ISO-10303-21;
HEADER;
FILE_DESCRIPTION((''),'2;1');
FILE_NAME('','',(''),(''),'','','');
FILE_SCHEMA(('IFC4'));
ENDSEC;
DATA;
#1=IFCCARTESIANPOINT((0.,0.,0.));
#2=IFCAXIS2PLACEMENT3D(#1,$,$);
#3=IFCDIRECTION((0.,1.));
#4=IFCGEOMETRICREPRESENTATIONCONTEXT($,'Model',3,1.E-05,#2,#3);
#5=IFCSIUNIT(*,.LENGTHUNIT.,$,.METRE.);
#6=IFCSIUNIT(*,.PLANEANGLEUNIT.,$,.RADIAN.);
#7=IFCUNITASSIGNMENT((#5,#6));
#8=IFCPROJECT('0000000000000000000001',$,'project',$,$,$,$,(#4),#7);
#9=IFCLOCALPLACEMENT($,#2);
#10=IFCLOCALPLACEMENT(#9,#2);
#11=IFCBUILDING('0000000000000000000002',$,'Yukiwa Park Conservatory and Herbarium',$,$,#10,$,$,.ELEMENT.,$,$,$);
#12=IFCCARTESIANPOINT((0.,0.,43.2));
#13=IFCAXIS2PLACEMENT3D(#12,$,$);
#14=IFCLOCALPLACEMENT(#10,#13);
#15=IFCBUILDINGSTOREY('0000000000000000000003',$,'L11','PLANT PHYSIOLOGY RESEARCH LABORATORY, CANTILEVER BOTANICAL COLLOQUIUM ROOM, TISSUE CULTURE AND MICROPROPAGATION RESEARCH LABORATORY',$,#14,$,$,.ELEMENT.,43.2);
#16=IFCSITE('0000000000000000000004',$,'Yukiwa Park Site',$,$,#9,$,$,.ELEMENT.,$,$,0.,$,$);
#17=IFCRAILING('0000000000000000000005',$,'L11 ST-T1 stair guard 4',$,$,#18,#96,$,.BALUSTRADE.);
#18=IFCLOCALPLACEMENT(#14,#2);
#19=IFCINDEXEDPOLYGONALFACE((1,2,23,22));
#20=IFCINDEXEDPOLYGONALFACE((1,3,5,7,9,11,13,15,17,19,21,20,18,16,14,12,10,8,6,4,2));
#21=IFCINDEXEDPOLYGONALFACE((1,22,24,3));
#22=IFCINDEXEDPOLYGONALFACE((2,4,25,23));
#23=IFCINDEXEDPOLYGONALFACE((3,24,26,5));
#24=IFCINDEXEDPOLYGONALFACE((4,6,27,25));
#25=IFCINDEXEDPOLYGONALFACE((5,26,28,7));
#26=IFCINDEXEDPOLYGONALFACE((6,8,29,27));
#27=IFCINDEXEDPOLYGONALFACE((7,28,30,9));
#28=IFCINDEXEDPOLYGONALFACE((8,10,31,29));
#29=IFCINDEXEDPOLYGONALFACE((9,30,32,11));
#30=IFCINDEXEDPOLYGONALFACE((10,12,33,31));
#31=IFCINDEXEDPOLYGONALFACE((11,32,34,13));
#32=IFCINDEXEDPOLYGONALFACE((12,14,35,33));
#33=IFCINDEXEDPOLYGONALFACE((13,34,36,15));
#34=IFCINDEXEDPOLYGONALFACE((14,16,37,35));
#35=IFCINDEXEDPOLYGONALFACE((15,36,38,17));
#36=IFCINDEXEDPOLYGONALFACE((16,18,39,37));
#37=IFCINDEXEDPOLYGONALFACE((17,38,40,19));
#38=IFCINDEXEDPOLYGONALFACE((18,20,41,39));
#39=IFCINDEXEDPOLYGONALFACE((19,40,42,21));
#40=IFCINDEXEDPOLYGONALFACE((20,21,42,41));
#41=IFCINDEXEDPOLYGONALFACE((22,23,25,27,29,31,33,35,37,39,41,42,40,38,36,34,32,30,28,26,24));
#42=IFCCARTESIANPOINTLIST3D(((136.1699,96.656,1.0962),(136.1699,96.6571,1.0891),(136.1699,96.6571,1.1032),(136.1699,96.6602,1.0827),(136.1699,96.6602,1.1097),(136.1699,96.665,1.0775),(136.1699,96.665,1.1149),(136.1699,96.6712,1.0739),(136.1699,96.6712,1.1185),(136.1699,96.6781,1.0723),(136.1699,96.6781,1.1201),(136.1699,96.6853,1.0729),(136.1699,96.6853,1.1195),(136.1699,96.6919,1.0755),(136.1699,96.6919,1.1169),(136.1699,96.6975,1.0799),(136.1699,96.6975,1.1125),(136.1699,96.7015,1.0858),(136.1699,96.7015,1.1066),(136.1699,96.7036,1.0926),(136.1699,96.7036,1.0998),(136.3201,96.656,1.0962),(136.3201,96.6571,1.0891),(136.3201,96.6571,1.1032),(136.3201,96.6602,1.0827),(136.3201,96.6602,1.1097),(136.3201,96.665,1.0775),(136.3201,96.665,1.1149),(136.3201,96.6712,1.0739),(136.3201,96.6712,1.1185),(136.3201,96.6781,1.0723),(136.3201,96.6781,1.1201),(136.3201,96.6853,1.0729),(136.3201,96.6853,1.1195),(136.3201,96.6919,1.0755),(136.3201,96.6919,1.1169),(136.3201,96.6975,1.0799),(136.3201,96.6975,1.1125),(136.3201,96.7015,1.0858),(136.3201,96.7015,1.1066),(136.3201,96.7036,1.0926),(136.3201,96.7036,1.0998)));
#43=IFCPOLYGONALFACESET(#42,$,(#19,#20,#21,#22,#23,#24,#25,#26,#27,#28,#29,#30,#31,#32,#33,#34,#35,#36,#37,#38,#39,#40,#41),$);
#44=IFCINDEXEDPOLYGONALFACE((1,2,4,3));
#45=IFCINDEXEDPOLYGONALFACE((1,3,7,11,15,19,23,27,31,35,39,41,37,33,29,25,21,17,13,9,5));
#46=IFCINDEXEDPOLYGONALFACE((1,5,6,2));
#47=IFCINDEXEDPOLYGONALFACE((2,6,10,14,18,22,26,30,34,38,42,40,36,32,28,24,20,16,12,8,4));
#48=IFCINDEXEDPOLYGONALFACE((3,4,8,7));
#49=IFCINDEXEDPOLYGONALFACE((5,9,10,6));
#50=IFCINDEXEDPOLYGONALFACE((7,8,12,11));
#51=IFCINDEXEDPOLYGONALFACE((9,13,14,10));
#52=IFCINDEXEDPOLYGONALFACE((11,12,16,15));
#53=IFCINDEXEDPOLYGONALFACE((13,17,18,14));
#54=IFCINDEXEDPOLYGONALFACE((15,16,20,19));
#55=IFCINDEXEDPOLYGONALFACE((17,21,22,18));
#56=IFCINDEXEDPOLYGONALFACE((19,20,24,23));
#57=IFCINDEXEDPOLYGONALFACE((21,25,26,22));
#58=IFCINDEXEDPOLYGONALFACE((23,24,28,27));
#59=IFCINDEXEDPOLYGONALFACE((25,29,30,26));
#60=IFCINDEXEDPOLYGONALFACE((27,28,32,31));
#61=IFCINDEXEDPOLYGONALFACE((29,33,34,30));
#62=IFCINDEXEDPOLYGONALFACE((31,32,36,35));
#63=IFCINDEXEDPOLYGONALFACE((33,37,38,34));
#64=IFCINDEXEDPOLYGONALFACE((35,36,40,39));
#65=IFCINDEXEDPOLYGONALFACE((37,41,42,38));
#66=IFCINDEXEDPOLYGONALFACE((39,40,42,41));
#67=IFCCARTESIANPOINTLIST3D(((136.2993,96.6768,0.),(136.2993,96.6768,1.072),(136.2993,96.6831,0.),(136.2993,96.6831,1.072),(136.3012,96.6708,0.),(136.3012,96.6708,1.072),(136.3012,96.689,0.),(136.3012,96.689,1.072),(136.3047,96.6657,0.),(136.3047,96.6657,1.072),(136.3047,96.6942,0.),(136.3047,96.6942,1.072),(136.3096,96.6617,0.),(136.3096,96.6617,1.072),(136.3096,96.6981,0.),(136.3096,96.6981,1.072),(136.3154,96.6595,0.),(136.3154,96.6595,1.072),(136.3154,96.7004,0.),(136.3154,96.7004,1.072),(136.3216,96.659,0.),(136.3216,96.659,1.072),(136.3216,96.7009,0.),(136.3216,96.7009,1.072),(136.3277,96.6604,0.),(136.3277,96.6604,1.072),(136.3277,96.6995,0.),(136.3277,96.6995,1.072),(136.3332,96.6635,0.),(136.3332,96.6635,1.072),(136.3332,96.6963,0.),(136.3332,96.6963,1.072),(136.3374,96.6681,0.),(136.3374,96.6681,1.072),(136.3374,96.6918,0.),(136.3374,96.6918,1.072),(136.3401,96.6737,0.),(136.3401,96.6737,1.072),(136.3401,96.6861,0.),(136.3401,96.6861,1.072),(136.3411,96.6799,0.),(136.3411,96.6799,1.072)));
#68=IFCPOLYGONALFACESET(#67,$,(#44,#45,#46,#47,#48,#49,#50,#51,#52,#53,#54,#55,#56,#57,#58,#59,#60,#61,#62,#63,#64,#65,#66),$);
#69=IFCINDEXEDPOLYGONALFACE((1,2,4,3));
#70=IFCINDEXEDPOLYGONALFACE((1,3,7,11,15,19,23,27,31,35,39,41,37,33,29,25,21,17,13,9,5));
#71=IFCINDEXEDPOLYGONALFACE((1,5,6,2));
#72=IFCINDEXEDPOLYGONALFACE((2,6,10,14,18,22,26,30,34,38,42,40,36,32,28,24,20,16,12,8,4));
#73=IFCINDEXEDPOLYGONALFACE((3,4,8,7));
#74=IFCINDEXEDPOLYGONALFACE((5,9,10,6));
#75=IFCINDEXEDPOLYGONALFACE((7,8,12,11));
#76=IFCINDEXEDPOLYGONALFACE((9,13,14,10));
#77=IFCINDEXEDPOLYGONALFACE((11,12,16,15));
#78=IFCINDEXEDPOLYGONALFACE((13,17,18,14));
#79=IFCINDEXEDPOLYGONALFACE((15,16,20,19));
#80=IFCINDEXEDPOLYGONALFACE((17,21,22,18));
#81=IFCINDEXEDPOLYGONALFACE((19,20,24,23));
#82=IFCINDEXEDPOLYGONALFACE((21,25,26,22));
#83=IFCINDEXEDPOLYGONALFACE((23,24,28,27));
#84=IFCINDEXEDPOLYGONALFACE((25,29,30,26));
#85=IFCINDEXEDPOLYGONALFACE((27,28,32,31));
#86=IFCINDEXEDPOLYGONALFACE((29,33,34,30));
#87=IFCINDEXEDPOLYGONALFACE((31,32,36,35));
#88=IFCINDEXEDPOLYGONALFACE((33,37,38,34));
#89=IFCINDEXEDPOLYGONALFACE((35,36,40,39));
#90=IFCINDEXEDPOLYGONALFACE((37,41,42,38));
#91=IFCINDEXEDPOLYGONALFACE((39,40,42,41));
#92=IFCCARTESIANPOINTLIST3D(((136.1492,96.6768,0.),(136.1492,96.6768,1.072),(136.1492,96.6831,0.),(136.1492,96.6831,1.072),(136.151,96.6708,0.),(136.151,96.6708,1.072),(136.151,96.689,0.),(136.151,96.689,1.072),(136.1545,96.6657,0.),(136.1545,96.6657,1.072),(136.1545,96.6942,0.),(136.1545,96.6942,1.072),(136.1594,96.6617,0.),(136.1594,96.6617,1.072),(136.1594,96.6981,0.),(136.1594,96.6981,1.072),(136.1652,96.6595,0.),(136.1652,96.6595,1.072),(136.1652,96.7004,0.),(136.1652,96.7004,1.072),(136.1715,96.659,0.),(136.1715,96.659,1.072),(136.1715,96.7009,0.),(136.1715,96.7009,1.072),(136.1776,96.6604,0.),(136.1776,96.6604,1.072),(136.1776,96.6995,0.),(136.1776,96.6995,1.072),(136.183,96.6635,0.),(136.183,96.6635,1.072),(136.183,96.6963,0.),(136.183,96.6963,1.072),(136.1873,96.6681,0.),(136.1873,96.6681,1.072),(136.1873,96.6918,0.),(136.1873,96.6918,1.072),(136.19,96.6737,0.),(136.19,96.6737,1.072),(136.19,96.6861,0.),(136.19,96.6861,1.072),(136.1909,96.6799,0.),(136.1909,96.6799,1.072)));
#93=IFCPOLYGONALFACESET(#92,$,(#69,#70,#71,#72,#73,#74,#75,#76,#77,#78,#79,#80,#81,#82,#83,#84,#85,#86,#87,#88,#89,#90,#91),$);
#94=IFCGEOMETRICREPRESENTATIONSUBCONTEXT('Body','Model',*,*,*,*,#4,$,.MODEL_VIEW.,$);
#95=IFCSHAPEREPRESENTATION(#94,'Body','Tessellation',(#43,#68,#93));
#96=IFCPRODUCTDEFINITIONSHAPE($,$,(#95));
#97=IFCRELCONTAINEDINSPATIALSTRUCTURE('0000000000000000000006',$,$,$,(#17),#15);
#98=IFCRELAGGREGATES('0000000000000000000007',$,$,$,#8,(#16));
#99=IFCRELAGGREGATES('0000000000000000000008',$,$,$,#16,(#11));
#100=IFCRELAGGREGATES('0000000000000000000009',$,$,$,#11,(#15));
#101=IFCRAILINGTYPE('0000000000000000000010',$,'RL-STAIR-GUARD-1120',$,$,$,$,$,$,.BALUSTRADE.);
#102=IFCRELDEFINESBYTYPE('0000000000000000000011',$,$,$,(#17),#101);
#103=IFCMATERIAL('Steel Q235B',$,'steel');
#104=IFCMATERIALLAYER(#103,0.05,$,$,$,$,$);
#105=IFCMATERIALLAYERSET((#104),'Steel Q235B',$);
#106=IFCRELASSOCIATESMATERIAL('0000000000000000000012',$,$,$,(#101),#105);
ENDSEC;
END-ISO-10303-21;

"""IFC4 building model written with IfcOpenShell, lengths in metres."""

from ifc_helpers import new_model, si_unit, direction, frame, origin, origin_2d, place, context, subcontext, project, spatial, circle, extrude, material, layer, layer_set, type_object, element, save


model = new_model("IFC4")

# Units and contexts
model_context = context("Model", 3, precision=1e-05, world=origin(), true_north=direction((0.0, 1.0)))
body_context = subcontext(model_context, "Body", "Model", "MODEL_VIEW")
ifc_project = project(units=[si_unit("LENGTHUNIT", "METRE"), si_unit("PLANEANGLEUNIT", "RADIAN")], contexts=[model_context])

# Site, building, storey
site_placement = place(None, origin())
site = spatial("IfcSite", under=ifc_project, at=site_placement, Name="Yukiwa Park Site", CompositionType="ELEMENT", RefElevation=0.0)
building_placement = place(site_placement, origin())
building = spatial("IfcBuilding", under=site, at=building_placement, Name="Yukiwa Park Conservatory and Herbarium", CompositionType="ELEMENT")
storey_placement = place(building_placement, frame((0.0, 0.0, 43.2)))
storey = spatial("IfcBuildingStorey", under=building, at=storey_placement, Name="L11", Description="PLANT PHYSIOLOGY RESEARCH LABORATORY, CANTILEVER BOTANICAL COLLOQUIUM ROOM, TISSUE CULTURE AND MICROPROPAGATION RESEARCH LABORATORY", CompositionType="ELEMENT", Elevation=43.2)

# Railing
ifc_material_1 = material(Name="Steel Q235B", Category="steel")
ifc_layer_1 = layer(ifc_material_1, 0.05)
ifc_layer_set_1 = layer_set([ifc_layer_1], Name="Steel Q235B")
railing_type_1 = type_object("IfcRailingType", Name="RL-STAIR-GUARD-1120", PredefinedType="BALUSTRADE", material=ifc_layer_set_1)
railing_1_placement = place(storey_placement, frame((136.3201, 96.6799, 0.0)))
element("IfcRailing", 1, at=railing_1_placement, inside=storey, type_object=railing_type_1, Name="L11 ST-T1 stair guard 4", PredefinedType="BALUSTRADE", context=body_context, shape_type="SweptSolid", body=[
    extrude(circle(Radius=0.0239, at=origin_2d()), frame((0.0, 0.0, 1.0962), z_axis=(-1.0, 0.0, 0.0), x_axis=(0.0, -1.0, 0.0)), (0.0, 0.0, 1.0), 0.1501),
    extrude(circle(Radius=0.021, at=origin_2d()), origin(), (0.0, 0.0, 1.0), 1.072),
    extrude(circle(Radius=0.021, at=origin_2d()), frame((-0.1501, 0.0, 0.0)), (0.0, 0.0, 1.0), 1.072),
])

save(model, "model.ifc")
